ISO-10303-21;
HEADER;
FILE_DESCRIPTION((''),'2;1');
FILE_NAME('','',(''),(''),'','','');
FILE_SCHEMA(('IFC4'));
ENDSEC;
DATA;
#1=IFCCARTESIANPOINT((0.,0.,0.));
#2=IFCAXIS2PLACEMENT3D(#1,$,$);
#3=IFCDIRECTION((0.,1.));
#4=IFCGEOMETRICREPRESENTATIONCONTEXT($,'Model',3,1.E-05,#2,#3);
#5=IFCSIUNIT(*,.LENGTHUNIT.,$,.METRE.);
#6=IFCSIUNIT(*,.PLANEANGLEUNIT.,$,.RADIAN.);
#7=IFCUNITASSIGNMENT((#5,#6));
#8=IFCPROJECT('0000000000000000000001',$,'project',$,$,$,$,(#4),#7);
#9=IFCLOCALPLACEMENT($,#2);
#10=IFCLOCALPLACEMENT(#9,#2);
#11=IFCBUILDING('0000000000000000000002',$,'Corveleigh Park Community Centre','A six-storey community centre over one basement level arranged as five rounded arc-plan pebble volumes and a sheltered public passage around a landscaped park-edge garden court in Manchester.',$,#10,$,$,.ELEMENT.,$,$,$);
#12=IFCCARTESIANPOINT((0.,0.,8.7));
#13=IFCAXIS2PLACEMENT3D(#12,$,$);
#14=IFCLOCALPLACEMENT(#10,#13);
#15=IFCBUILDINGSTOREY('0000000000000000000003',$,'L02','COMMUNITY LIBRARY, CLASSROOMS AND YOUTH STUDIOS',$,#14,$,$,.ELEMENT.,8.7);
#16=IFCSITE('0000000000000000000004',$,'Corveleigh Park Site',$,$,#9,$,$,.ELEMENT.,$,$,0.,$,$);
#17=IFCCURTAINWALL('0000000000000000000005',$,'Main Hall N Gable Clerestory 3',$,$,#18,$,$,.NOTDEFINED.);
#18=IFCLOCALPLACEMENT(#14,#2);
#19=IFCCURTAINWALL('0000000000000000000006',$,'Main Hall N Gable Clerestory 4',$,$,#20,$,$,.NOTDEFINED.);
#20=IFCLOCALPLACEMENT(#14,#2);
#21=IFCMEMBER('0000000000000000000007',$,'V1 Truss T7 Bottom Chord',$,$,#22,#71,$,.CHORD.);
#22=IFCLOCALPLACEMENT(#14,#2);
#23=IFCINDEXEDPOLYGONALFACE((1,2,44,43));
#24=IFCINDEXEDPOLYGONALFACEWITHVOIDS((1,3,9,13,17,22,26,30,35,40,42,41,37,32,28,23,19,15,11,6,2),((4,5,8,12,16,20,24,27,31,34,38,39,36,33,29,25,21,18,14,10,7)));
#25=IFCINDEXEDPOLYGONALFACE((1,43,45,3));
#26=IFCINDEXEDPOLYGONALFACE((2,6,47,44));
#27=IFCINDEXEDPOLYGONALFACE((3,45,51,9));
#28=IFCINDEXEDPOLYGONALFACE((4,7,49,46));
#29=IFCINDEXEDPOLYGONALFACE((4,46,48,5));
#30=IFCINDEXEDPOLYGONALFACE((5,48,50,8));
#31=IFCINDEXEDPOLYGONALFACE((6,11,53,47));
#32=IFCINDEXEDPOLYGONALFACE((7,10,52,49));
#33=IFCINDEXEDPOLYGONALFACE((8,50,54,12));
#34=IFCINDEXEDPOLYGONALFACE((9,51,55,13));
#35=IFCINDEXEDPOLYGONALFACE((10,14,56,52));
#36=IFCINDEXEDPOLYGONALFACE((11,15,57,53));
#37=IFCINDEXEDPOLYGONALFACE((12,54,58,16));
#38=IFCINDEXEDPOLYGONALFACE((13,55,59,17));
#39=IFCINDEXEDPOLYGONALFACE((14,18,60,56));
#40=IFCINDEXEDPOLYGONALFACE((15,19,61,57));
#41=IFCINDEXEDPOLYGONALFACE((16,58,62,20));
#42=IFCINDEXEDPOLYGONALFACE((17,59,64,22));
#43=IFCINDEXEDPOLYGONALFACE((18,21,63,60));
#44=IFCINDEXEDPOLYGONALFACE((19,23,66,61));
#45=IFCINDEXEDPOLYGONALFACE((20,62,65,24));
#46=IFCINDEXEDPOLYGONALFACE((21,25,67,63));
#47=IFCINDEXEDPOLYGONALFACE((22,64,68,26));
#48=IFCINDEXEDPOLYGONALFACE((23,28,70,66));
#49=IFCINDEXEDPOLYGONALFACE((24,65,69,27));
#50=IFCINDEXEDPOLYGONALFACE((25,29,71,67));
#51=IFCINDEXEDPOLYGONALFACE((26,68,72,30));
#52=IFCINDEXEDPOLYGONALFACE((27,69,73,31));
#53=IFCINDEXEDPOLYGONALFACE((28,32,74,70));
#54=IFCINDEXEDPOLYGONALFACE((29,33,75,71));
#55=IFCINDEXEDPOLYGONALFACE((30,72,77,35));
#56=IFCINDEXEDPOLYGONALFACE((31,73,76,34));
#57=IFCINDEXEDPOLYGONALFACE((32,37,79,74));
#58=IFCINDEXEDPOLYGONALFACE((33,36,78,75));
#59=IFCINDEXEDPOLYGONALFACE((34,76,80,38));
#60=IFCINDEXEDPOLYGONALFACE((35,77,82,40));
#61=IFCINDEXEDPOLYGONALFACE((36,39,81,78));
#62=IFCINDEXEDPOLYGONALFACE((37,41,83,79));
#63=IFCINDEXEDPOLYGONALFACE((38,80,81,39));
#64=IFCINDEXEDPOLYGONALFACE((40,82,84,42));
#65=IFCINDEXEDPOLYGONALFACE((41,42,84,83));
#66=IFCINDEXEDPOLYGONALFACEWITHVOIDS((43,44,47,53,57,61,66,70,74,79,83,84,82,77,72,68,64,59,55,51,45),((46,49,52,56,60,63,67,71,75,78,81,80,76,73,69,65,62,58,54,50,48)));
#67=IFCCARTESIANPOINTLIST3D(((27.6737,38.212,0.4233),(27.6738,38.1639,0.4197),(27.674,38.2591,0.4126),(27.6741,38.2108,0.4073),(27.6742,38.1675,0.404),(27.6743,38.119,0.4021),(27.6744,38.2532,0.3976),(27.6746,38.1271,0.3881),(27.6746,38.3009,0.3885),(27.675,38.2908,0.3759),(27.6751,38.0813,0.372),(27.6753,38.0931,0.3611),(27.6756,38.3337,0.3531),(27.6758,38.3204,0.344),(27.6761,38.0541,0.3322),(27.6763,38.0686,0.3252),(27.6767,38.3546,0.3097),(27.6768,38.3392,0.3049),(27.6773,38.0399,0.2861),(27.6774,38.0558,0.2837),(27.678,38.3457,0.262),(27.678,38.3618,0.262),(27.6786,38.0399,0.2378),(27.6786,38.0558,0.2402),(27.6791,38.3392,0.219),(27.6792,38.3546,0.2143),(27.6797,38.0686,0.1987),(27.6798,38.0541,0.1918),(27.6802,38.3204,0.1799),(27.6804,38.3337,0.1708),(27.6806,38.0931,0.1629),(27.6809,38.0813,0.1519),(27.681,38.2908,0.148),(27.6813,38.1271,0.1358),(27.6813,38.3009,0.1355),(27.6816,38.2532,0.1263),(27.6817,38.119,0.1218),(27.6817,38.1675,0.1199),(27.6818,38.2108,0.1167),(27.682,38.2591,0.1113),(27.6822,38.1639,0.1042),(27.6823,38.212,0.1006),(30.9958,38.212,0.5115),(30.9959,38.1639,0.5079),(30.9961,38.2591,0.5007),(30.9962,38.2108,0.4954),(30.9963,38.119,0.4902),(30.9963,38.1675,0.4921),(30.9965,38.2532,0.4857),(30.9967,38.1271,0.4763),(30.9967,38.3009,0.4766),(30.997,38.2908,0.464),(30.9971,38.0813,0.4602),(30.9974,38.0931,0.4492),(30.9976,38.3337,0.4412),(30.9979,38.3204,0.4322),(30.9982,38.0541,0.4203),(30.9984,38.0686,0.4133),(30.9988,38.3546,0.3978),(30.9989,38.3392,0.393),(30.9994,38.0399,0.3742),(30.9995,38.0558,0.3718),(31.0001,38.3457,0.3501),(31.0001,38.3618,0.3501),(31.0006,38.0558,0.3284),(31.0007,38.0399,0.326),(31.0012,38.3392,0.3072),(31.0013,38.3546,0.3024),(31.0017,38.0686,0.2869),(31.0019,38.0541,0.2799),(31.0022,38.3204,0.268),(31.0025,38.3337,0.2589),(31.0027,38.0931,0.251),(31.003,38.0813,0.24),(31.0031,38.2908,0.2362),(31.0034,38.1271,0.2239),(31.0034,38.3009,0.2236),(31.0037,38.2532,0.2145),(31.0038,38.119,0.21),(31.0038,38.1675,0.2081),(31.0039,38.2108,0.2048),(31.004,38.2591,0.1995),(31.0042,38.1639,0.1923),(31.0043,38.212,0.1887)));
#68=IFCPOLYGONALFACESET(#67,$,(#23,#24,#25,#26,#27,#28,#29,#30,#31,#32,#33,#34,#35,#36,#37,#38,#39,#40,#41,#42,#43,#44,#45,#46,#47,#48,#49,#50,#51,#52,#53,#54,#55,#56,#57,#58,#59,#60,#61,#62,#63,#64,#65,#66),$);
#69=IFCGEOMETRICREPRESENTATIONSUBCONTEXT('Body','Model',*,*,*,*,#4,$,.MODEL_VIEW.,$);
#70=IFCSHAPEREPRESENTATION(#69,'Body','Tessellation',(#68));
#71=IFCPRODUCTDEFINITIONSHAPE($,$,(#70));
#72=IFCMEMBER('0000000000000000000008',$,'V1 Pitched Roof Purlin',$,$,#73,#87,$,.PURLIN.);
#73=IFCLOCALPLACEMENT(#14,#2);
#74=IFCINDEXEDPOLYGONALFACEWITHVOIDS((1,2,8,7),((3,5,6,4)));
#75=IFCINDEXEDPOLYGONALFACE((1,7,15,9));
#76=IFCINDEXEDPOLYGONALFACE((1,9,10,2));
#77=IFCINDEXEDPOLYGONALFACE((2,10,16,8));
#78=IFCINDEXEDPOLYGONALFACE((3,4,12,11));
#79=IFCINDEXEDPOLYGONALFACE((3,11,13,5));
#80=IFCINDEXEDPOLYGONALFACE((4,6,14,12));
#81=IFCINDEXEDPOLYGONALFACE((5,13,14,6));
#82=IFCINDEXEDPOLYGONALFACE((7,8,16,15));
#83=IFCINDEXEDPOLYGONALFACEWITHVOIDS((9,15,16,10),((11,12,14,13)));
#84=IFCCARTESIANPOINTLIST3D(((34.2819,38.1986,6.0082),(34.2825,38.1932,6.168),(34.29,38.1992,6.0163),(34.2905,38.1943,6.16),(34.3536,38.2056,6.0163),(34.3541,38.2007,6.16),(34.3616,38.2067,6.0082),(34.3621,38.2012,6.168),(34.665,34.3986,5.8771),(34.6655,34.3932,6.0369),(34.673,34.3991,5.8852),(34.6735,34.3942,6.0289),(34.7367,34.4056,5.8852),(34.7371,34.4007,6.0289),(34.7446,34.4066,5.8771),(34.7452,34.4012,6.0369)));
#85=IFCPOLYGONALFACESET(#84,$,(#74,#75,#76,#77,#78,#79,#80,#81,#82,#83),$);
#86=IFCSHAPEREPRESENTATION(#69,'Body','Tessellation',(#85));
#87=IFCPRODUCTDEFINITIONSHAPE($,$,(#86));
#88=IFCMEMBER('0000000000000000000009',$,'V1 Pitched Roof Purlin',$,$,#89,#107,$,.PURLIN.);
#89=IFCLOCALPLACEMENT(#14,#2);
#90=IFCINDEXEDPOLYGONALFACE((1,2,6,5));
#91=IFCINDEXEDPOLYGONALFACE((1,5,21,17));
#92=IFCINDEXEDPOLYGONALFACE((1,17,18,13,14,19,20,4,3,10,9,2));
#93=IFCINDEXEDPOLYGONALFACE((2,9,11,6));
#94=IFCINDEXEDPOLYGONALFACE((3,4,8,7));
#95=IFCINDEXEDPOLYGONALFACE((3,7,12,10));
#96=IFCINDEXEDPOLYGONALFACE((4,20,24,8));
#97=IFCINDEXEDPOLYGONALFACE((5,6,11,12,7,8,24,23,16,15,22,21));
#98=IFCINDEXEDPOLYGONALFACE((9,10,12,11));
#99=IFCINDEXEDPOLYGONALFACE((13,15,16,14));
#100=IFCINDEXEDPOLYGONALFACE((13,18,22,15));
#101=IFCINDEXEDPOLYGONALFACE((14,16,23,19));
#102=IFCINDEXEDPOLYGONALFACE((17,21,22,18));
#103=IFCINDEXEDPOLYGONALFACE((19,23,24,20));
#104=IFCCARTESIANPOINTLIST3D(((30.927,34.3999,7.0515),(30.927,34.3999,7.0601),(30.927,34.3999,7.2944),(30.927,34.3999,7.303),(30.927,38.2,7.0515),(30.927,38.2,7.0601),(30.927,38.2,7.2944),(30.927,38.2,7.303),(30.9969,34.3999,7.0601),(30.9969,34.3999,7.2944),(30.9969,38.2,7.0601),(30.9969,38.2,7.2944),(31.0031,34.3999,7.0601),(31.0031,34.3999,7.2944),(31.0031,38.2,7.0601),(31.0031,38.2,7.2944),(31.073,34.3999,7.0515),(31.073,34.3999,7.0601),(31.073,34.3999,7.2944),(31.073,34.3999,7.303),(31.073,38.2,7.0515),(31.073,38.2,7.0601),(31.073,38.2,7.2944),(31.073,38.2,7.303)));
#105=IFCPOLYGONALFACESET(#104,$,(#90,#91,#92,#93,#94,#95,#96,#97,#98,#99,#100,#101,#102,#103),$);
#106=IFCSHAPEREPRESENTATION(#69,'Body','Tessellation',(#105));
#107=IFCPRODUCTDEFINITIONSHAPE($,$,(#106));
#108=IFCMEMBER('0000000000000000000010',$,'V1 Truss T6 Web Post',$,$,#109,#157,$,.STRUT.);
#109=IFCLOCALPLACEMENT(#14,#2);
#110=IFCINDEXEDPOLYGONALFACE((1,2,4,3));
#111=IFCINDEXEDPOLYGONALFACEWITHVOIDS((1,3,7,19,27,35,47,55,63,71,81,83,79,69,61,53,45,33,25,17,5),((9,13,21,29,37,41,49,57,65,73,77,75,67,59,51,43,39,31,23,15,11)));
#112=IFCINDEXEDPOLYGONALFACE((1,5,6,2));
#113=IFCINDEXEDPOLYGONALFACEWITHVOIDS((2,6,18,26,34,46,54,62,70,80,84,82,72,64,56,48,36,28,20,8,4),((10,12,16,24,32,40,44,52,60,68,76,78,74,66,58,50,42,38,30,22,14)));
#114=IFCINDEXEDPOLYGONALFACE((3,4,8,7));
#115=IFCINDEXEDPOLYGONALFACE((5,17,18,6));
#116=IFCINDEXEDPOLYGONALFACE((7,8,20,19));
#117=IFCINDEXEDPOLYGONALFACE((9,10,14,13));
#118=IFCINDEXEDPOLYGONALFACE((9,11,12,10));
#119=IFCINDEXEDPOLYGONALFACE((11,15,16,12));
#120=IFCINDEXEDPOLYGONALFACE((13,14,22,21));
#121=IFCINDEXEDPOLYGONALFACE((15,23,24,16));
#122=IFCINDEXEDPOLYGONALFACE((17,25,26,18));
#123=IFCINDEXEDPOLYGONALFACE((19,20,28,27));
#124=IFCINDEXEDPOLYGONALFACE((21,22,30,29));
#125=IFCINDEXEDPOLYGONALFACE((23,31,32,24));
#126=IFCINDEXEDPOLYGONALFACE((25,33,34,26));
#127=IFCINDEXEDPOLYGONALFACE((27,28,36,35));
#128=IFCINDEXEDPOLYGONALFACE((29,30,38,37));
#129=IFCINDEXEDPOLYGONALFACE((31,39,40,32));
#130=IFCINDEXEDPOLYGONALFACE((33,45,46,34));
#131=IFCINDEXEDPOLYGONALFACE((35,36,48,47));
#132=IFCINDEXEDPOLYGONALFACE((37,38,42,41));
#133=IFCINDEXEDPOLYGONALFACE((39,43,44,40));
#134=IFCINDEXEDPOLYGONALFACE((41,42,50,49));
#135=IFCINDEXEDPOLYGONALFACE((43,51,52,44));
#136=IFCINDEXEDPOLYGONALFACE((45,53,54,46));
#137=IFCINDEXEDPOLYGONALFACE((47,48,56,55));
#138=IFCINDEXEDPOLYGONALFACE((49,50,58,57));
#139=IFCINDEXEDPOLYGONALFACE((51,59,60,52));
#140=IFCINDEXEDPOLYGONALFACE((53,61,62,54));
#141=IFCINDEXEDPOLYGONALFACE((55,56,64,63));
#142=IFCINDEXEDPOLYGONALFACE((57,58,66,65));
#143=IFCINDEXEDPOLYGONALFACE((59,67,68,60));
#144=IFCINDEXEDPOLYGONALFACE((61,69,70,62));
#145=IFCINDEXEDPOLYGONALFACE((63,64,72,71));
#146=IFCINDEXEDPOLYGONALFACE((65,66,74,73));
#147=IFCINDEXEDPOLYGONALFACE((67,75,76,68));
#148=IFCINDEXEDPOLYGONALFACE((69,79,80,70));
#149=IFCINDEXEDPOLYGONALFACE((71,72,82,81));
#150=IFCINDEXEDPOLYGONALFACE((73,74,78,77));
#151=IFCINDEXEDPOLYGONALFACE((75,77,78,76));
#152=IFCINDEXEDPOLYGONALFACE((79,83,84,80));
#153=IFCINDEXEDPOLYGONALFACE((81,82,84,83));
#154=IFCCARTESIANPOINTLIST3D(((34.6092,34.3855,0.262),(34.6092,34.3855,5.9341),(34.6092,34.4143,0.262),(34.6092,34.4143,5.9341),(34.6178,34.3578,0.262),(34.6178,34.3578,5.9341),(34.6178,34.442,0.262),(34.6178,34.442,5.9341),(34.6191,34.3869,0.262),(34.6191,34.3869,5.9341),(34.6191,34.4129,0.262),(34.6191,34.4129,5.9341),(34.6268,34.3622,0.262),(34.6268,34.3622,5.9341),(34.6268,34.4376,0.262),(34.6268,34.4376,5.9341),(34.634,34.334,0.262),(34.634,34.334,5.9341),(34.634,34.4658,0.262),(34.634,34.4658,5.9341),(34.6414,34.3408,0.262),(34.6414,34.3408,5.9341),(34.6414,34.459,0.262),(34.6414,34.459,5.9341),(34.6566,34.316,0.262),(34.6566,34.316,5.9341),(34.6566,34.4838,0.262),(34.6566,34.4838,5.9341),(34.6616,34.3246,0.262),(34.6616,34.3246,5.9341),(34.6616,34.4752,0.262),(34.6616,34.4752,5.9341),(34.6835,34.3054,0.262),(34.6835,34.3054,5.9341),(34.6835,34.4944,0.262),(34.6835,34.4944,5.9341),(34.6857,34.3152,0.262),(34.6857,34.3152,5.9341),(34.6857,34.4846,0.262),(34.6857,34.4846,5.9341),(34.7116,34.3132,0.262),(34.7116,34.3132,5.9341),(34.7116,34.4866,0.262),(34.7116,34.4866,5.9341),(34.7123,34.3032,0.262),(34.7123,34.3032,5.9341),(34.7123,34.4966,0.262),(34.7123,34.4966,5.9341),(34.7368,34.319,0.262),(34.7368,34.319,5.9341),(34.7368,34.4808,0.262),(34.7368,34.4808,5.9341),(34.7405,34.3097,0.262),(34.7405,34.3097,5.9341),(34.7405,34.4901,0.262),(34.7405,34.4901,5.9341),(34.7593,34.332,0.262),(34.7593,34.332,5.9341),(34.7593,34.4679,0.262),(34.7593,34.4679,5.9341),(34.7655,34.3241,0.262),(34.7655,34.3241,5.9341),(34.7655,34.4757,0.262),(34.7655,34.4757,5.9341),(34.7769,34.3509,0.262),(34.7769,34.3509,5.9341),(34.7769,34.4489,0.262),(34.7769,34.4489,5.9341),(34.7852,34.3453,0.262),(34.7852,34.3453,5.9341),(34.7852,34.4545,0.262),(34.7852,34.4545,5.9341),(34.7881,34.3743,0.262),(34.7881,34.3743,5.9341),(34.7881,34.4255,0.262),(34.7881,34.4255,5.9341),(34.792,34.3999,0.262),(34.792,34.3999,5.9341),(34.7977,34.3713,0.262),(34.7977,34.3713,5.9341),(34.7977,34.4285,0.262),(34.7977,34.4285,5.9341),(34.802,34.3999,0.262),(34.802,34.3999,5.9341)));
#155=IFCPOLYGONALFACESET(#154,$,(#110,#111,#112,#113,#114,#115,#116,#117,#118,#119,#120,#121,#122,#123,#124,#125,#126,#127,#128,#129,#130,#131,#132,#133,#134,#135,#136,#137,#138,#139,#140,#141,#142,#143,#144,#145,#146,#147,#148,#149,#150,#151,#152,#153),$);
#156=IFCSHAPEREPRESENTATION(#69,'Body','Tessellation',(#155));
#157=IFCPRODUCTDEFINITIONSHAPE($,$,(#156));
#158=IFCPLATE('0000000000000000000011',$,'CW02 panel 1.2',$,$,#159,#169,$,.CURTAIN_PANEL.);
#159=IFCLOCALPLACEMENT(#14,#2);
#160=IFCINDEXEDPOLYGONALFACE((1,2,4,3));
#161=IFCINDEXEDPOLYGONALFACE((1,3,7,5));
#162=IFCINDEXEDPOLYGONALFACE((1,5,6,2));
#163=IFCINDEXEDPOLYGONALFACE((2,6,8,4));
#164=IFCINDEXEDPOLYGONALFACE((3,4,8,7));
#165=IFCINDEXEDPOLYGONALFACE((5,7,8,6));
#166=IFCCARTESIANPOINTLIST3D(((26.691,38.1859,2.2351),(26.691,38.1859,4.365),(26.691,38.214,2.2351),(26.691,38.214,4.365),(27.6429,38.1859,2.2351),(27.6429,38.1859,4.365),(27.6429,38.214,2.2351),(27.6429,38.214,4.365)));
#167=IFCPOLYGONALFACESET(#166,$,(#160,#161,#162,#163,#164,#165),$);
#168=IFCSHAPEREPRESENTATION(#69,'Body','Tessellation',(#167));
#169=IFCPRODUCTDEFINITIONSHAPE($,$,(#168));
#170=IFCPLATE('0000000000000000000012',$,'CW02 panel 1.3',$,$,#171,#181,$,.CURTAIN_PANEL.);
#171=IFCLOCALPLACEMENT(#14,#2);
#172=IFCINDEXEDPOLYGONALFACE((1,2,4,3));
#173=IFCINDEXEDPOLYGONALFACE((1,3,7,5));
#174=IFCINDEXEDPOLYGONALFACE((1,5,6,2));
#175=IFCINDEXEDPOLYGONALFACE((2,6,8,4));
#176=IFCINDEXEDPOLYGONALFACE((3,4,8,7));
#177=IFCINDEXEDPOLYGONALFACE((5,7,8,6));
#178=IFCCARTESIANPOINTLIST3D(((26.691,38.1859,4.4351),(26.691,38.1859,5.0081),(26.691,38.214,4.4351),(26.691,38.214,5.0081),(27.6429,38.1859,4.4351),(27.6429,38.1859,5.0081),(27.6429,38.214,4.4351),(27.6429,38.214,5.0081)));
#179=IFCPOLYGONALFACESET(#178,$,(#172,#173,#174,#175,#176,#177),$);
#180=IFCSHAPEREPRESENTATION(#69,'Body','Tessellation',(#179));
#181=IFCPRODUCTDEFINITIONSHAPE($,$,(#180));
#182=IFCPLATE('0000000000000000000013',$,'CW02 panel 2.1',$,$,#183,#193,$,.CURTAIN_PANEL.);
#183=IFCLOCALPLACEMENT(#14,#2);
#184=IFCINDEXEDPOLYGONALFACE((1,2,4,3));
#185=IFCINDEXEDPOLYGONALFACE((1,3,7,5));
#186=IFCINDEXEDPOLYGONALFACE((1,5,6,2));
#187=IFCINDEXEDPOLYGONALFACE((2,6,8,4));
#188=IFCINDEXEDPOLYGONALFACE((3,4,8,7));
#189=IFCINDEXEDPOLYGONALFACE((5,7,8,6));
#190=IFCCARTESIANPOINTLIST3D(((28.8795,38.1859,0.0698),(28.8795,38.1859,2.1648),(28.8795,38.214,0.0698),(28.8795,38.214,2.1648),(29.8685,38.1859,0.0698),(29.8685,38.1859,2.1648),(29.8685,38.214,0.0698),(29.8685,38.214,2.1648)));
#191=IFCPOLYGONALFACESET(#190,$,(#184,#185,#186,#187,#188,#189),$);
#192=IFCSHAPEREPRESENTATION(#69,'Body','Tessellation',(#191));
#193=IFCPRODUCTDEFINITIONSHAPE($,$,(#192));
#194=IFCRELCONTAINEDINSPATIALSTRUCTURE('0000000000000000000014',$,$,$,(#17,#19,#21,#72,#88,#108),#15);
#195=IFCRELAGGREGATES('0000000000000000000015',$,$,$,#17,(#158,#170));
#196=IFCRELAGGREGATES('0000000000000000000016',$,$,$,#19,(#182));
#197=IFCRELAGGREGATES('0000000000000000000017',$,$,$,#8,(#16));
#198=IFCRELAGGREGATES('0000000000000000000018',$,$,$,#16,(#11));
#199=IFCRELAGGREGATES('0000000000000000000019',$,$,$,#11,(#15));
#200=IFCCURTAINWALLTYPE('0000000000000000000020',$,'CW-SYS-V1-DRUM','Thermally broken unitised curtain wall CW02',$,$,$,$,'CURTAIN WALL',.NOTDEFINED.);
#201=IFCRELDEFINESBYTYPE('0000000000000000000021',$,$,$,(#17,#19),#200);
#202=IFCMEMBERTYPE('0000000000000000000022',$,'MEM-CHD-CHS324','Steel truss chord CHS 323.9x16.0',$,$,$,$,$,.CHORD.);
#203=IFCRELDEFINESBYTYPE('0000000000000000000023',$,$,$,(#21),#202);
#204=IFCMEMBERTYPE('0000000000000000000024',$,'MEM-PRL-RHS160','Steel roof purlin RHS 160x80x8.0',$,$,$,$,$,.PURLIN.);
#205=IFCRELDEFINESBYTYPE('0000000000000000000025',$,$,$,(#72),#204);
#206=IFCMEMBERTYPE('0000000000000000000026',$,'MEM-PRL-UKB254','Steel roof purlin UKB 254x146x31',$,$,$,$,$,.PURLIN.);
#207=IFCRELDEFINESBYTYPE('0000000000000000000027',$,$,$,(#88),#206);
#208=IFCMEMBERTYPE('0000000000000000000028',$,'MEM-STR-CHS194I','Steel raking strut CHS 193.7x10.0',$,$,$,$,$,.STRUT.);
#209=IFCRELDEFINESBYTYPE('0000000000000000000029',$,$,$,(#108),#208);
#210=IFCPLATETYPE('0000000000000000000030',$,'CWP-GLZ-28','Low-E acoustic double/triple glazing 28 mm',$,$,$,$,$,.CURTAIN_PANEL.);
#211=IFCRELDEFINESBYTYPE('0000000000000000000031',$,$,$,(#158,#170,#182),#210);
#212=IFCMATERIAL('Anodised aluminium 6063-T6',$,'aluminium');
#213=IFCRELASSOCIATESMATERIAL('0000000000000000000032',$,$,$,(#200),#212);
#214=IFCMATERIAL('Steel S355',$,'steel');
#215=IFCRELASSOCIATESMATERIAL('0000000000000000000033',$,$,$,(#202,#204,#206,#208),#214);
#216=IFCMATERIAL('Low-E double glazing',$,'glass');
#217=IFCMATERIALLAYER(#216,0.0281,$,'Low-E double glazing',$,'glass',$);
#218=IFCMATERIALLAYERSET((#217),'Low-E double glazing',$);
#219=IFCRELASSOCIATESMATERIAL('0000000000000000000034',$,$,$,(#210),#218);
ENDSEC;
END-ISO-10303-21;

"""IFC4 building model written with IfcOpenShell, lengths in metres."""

from ifc_helpers import new_model, si_unit, direction, frame, origin, origin_2d, place, context, subcontext, project, spatial, rectangle, hollow_rectangle, hollow_circle, i_section, extrude, material, layer, layer_set, material_profile, profile_set, type_object, element, aggregate, save


model = new_model("IFC4")

# Units and contexts
model_context = context("Model", 3, precision=1e-05, world=origin(), true_north=direction((0.0, 1.0)))
body_context = subcontext(model_context, "Body", "Model", "MODEL_VIEW")
ifc_project = project(units=[si_unit("LENGTHUNIT", "METRE"), si_unit("PLANEANGLEUNIT", "RADIAN")], contexts=[model_context])

# Site, building, storey
site_placement = place(None, origin())
site = spatial("IfcSite", under=ifc_project, at=site_placement, Name="Corveleigh Park Site", CompositionType="ELEMENT", RefElevation=0.0)
building_placement = place(site_placement, origin())
building = spatial("IfcBuilding", under=site, at=building_placement, Name="Corveleigh Park Community Centre", Description="A six-storey community centre over one basement level arranged as five rounded arc-plan pebble volumes and a sheltered public passage around a landscaped park-edge garden court in Manchester.", CompositionType="ELEMENT")
storey_placement = place(building_placement, frame((0.0, 0.0, 8.7)))
storey = spatial("IfcBuildingStorey", under=building, at=storey_placement, Name="L02", Description="COMMUNITY LIBRARY, CLASSROOMS AND YOUTH STUDIOS", CompositionType="ELEMENT", Elevation=8.7)

# Curtain wall
ifc_material_1 = material(Name="Anodised aluminium 6063-T6", Category="aluminium")
curtain_wall_type = type_object("IfcCurtainWallType", Name="CW-SYS-V1-DRUM", Description="Thermally broken unitised curtain wall CW02", ElementType="CURTAIN WALL", PredefinedType="NOTDEFINED", material=ifc_material_1)
curtain_wall_1_placement = place(storey_placement, origin())
curtain_wall_1 = element("IfcCurtainWall", 1, at=curtain_wall_1_placement, inside=storey, type_object=curtain_wall_type, Name="Main Hall N Gable Clerestory 3", PredefinedType="NOTDEFINED")

# Curtain wall
curtain_wall_2_placement = place(storey_placement, origin())
curtain_wall_2 = element("IfcCurtainWall", 2, at=curtain_wall_2_placement, inside=storey, type_object=curtain_wall_type, Name="Main Hall N Gable Clerestory 4", PredefinedType="NOTDEFINED")

# Members
ifc_material_2 = material(Name="Steel S355", Category="steel")
ifc_material_profile_1 = material_profile(ifc_material_2, hollow_circle(Radius=0.1619, WallThickness=0.0161, at=origin_2d()), Name="CHS 323.9x16.0", Category="steel")
ifc_profile_set_1 = profile_set([ifc_material_profile_1], Name="Steel S355")
member_type_1 = type_object("IfcMemberType", Name="MEM-CHD-CHS324", Description="Steel truss chord CHS 323.9x16.0", PredefinedType="CHORD", material=ifc_profile_set_1)
member_1_placement = place(storey_placement, frame((27.678, 38.2, 0.262), z_axis=(0.999648, 0.0, 0.026521), x_axis=(0.0, 1.0, 0.0)))
element("IfcMember", 3, at=member_1_placement, inside=storey, type_object=member_type_1, Name="V1 Truss T7 Bottom Chord", PredefinedType="CHORD", context=body_context, shape_type="SweptSolid", body=[
    extrude(hollow_circle(Radius=0.1619, WallThickness=0.0161, at=origin_2d()), origin(), (0.0, 0.0, 1.0), 3.3232),
])
ifc_material_profile_2 = material_profile(ifc_material_2, hollow_rectangle(XDim=0.0801, YDim=0.1599, WallThickness=0.0081, at=origin_2d()), Name="RHS 160x80x8.0", Category="steel")
ifc_profile_set_2 = profile_set([ifc_material_profile_2], Name="Steel S355")
member_type_2 = type_object("IfcMemberType", Name="MEM-PRL-RHS160", Description="Steel roof purlin RHS 160x80x8.0", PredefinedType="PURLIN", material=ifc_profile_set_2)
member_2_placement = place(storey_placement, frame((34.7051, 34.3999, 5.957), z_axis=(-0.100236, 0.994372, 0.034306), x_axis=(-0.994958, -0.100295, 0.0)))
element("IfcMember", 4, at=member_2_placement, inside=storey, type_object=member_type_2, Name="V1 Pitched Roof Purlin", PredefinedType="PURLIN", context=body_context, shape_type="SweptSolid", body=[
    extrude(hollow_rectangle(XDim=0.0801, YDim=0.1599, WallThickness=0.0081, at=origin_2d()), origin(), (0.0, 0.0, 1.0), 3.8215),
])
ifc_material_profile_3 = material_profile(ifc_material_2, i_section(OverallWidth=0.146, OverallDepth=0.2515, WebThickness=0.0061, FlangeThickness=0.0085, at=origin_2d()), Name="UKB 254x146x31", Category="steel")
ifc_profile_set_3 = profile_set([ifc_material_profile_3], Name="Steel S355")
member_type_3 = type_object("IfcMemberType", Name="MEM-PRL-UKB254", Description="Steel roof purlin UKB 254x146x31", PredefinedType="PURLIN", material=ifc_profile_set_3)
member_3_placement = place(storey_placement, frame((31.0, 34.3999, 7.1772), z_axis=(0.0, 1.0, 0.0), x_axis=(-1.0, 0.0, 0.0)))
element("IfcMember", 5, at=member_3_placement, inside=storey, type_object=member_type_3, Name="V1 Pitched Roof Purlin", PredefinedType="PURLIN", context=body_context, shape_type="SweptSolid", body=[
    extrude(i_section(OverallWidth=0.146, OverallDepth=0.2515, WebThickness=0.0061, FlangeThickness=0.0085, at=origin_2d()), origin(), (0.0, 0.0, 1.0), 3.8),
])
ifc_material_profile_4 = material_profile(ifc_material_2, hollow_circle(Radius=0.0969, WallThickness=0.01, at=origin_2d()), Name="CHS 193.7x10.0", Category="steel")
ifc_profile_set_4 = profile_set([ifc_material_profile_4], Name="Steel S355")
member_type_4 = type_object("IfcMemberType", Name="MEM-STR-CHS194I", Description="Steel raking strut CHS 193.7x10.0", PredefinedType="STRUT", material=ifc_profile_set_4)
member_4_placement = place(storey_placement, frame((34.7051, 34.3999, 0.262), z_axis=(0.0, 0.0, 1.0), x_axis=(1.0, 0.0, 0.0)))
element("IfcMember", 6, at=member_4_placement, inside=storey, type_object=member_type_4, Name="V1 Truss T6 Web Post", PredefinedType="STRUT", context=body_context, shape_type="SweptSolid", body=[
    extrude(hollow_circle(Radius=0.0969, WallThickness=0.01, at=origin_2d()), origin(), (0.0, 0.0, 1.0), 5.6721),
])

# Plates
ifc_material_3 = material(Name="Low-E double glazing", Category="glass")
ifc_layer_1 = layer(ifc_material_3, 0.0281, Name="Low-E double glazing", Category="glass")
ifc_layer_set_1 = layer_set([ifc_layer_1], Name="Low-E double glazing")
plate_type_1 = type_object("IfcPlateType", Name="CWP-GLZ-28", Description="Low-E acoustic double/triple glazing 28 mm", PredefinedType="CURTAIN_PANEL", material=ifc_layer_set_1)
plate_1_placement = place(storey_placement, frame((27.167, 38.2, 2.2351), z_axis=(0.0, 0.0, 1.0), x_axis=(-1.0, 0.0, 0.0)))
plate_1 = element("IfcPlate", 7, at=plate_1_placement, type_object=plate_type_1, Name="CW02 panel 1.2", PredefinedType="CURTAIN_PANEL", context=body_context, shape_type="SweptSolid", body=[
    extrude(rectangle(XDim=0.9519, YDim=0.0281, at=origin_2d()), origin(), (0.0, 0.0, 1.0), 2.1299),
])
plate_2_placement = place(storey_placement, frame((27.167, 38.2, 4.4351), z_axis=(0.0, 0.0, 1.0), x_axis=(-1.0, 0.0, 0.0)))
plate_2 = element("IfcPlate", 8, at=plate_2_placement, type_object=plate_type_1, Name="CW02 panel 1.3", PredefinedType="CURTAIN_PANEL", context=body_context, shape_type="SweptSolid", body=[
    extrude(rectangle(XDim=0.9519, YDim=0.0281, at=origin_2d()), origin(), (0.0, 0.0, 1.0), 0.573),
])
aggregate(curtain_wall_1, [plate_1, plate_2])
plate_3_placement = place(storey_placement, frame((29.374, 38.2, 0.0698), z_axis=(0.0, 0.0, 1.0), x_axis=(-1.0, 0.0, 0.0)))
plate_3 = element("IfcPlate", 9, at=plate_3_placement, type_object=plate_type_1, Name="CW02 panel 2.1", PredefinedType="CURTAIN_PANEL", context=body_context, shape_type="SweptSolid", body=[
    extrude(rectangle(XDim=0.989, YDim=0.0281, at=origin_2d()), origin(), (0.0, 0.0, 1.0), 2.095),
])
aggregate(curtain_wall_2, [plate_3])

save(model, "model.ifc")
